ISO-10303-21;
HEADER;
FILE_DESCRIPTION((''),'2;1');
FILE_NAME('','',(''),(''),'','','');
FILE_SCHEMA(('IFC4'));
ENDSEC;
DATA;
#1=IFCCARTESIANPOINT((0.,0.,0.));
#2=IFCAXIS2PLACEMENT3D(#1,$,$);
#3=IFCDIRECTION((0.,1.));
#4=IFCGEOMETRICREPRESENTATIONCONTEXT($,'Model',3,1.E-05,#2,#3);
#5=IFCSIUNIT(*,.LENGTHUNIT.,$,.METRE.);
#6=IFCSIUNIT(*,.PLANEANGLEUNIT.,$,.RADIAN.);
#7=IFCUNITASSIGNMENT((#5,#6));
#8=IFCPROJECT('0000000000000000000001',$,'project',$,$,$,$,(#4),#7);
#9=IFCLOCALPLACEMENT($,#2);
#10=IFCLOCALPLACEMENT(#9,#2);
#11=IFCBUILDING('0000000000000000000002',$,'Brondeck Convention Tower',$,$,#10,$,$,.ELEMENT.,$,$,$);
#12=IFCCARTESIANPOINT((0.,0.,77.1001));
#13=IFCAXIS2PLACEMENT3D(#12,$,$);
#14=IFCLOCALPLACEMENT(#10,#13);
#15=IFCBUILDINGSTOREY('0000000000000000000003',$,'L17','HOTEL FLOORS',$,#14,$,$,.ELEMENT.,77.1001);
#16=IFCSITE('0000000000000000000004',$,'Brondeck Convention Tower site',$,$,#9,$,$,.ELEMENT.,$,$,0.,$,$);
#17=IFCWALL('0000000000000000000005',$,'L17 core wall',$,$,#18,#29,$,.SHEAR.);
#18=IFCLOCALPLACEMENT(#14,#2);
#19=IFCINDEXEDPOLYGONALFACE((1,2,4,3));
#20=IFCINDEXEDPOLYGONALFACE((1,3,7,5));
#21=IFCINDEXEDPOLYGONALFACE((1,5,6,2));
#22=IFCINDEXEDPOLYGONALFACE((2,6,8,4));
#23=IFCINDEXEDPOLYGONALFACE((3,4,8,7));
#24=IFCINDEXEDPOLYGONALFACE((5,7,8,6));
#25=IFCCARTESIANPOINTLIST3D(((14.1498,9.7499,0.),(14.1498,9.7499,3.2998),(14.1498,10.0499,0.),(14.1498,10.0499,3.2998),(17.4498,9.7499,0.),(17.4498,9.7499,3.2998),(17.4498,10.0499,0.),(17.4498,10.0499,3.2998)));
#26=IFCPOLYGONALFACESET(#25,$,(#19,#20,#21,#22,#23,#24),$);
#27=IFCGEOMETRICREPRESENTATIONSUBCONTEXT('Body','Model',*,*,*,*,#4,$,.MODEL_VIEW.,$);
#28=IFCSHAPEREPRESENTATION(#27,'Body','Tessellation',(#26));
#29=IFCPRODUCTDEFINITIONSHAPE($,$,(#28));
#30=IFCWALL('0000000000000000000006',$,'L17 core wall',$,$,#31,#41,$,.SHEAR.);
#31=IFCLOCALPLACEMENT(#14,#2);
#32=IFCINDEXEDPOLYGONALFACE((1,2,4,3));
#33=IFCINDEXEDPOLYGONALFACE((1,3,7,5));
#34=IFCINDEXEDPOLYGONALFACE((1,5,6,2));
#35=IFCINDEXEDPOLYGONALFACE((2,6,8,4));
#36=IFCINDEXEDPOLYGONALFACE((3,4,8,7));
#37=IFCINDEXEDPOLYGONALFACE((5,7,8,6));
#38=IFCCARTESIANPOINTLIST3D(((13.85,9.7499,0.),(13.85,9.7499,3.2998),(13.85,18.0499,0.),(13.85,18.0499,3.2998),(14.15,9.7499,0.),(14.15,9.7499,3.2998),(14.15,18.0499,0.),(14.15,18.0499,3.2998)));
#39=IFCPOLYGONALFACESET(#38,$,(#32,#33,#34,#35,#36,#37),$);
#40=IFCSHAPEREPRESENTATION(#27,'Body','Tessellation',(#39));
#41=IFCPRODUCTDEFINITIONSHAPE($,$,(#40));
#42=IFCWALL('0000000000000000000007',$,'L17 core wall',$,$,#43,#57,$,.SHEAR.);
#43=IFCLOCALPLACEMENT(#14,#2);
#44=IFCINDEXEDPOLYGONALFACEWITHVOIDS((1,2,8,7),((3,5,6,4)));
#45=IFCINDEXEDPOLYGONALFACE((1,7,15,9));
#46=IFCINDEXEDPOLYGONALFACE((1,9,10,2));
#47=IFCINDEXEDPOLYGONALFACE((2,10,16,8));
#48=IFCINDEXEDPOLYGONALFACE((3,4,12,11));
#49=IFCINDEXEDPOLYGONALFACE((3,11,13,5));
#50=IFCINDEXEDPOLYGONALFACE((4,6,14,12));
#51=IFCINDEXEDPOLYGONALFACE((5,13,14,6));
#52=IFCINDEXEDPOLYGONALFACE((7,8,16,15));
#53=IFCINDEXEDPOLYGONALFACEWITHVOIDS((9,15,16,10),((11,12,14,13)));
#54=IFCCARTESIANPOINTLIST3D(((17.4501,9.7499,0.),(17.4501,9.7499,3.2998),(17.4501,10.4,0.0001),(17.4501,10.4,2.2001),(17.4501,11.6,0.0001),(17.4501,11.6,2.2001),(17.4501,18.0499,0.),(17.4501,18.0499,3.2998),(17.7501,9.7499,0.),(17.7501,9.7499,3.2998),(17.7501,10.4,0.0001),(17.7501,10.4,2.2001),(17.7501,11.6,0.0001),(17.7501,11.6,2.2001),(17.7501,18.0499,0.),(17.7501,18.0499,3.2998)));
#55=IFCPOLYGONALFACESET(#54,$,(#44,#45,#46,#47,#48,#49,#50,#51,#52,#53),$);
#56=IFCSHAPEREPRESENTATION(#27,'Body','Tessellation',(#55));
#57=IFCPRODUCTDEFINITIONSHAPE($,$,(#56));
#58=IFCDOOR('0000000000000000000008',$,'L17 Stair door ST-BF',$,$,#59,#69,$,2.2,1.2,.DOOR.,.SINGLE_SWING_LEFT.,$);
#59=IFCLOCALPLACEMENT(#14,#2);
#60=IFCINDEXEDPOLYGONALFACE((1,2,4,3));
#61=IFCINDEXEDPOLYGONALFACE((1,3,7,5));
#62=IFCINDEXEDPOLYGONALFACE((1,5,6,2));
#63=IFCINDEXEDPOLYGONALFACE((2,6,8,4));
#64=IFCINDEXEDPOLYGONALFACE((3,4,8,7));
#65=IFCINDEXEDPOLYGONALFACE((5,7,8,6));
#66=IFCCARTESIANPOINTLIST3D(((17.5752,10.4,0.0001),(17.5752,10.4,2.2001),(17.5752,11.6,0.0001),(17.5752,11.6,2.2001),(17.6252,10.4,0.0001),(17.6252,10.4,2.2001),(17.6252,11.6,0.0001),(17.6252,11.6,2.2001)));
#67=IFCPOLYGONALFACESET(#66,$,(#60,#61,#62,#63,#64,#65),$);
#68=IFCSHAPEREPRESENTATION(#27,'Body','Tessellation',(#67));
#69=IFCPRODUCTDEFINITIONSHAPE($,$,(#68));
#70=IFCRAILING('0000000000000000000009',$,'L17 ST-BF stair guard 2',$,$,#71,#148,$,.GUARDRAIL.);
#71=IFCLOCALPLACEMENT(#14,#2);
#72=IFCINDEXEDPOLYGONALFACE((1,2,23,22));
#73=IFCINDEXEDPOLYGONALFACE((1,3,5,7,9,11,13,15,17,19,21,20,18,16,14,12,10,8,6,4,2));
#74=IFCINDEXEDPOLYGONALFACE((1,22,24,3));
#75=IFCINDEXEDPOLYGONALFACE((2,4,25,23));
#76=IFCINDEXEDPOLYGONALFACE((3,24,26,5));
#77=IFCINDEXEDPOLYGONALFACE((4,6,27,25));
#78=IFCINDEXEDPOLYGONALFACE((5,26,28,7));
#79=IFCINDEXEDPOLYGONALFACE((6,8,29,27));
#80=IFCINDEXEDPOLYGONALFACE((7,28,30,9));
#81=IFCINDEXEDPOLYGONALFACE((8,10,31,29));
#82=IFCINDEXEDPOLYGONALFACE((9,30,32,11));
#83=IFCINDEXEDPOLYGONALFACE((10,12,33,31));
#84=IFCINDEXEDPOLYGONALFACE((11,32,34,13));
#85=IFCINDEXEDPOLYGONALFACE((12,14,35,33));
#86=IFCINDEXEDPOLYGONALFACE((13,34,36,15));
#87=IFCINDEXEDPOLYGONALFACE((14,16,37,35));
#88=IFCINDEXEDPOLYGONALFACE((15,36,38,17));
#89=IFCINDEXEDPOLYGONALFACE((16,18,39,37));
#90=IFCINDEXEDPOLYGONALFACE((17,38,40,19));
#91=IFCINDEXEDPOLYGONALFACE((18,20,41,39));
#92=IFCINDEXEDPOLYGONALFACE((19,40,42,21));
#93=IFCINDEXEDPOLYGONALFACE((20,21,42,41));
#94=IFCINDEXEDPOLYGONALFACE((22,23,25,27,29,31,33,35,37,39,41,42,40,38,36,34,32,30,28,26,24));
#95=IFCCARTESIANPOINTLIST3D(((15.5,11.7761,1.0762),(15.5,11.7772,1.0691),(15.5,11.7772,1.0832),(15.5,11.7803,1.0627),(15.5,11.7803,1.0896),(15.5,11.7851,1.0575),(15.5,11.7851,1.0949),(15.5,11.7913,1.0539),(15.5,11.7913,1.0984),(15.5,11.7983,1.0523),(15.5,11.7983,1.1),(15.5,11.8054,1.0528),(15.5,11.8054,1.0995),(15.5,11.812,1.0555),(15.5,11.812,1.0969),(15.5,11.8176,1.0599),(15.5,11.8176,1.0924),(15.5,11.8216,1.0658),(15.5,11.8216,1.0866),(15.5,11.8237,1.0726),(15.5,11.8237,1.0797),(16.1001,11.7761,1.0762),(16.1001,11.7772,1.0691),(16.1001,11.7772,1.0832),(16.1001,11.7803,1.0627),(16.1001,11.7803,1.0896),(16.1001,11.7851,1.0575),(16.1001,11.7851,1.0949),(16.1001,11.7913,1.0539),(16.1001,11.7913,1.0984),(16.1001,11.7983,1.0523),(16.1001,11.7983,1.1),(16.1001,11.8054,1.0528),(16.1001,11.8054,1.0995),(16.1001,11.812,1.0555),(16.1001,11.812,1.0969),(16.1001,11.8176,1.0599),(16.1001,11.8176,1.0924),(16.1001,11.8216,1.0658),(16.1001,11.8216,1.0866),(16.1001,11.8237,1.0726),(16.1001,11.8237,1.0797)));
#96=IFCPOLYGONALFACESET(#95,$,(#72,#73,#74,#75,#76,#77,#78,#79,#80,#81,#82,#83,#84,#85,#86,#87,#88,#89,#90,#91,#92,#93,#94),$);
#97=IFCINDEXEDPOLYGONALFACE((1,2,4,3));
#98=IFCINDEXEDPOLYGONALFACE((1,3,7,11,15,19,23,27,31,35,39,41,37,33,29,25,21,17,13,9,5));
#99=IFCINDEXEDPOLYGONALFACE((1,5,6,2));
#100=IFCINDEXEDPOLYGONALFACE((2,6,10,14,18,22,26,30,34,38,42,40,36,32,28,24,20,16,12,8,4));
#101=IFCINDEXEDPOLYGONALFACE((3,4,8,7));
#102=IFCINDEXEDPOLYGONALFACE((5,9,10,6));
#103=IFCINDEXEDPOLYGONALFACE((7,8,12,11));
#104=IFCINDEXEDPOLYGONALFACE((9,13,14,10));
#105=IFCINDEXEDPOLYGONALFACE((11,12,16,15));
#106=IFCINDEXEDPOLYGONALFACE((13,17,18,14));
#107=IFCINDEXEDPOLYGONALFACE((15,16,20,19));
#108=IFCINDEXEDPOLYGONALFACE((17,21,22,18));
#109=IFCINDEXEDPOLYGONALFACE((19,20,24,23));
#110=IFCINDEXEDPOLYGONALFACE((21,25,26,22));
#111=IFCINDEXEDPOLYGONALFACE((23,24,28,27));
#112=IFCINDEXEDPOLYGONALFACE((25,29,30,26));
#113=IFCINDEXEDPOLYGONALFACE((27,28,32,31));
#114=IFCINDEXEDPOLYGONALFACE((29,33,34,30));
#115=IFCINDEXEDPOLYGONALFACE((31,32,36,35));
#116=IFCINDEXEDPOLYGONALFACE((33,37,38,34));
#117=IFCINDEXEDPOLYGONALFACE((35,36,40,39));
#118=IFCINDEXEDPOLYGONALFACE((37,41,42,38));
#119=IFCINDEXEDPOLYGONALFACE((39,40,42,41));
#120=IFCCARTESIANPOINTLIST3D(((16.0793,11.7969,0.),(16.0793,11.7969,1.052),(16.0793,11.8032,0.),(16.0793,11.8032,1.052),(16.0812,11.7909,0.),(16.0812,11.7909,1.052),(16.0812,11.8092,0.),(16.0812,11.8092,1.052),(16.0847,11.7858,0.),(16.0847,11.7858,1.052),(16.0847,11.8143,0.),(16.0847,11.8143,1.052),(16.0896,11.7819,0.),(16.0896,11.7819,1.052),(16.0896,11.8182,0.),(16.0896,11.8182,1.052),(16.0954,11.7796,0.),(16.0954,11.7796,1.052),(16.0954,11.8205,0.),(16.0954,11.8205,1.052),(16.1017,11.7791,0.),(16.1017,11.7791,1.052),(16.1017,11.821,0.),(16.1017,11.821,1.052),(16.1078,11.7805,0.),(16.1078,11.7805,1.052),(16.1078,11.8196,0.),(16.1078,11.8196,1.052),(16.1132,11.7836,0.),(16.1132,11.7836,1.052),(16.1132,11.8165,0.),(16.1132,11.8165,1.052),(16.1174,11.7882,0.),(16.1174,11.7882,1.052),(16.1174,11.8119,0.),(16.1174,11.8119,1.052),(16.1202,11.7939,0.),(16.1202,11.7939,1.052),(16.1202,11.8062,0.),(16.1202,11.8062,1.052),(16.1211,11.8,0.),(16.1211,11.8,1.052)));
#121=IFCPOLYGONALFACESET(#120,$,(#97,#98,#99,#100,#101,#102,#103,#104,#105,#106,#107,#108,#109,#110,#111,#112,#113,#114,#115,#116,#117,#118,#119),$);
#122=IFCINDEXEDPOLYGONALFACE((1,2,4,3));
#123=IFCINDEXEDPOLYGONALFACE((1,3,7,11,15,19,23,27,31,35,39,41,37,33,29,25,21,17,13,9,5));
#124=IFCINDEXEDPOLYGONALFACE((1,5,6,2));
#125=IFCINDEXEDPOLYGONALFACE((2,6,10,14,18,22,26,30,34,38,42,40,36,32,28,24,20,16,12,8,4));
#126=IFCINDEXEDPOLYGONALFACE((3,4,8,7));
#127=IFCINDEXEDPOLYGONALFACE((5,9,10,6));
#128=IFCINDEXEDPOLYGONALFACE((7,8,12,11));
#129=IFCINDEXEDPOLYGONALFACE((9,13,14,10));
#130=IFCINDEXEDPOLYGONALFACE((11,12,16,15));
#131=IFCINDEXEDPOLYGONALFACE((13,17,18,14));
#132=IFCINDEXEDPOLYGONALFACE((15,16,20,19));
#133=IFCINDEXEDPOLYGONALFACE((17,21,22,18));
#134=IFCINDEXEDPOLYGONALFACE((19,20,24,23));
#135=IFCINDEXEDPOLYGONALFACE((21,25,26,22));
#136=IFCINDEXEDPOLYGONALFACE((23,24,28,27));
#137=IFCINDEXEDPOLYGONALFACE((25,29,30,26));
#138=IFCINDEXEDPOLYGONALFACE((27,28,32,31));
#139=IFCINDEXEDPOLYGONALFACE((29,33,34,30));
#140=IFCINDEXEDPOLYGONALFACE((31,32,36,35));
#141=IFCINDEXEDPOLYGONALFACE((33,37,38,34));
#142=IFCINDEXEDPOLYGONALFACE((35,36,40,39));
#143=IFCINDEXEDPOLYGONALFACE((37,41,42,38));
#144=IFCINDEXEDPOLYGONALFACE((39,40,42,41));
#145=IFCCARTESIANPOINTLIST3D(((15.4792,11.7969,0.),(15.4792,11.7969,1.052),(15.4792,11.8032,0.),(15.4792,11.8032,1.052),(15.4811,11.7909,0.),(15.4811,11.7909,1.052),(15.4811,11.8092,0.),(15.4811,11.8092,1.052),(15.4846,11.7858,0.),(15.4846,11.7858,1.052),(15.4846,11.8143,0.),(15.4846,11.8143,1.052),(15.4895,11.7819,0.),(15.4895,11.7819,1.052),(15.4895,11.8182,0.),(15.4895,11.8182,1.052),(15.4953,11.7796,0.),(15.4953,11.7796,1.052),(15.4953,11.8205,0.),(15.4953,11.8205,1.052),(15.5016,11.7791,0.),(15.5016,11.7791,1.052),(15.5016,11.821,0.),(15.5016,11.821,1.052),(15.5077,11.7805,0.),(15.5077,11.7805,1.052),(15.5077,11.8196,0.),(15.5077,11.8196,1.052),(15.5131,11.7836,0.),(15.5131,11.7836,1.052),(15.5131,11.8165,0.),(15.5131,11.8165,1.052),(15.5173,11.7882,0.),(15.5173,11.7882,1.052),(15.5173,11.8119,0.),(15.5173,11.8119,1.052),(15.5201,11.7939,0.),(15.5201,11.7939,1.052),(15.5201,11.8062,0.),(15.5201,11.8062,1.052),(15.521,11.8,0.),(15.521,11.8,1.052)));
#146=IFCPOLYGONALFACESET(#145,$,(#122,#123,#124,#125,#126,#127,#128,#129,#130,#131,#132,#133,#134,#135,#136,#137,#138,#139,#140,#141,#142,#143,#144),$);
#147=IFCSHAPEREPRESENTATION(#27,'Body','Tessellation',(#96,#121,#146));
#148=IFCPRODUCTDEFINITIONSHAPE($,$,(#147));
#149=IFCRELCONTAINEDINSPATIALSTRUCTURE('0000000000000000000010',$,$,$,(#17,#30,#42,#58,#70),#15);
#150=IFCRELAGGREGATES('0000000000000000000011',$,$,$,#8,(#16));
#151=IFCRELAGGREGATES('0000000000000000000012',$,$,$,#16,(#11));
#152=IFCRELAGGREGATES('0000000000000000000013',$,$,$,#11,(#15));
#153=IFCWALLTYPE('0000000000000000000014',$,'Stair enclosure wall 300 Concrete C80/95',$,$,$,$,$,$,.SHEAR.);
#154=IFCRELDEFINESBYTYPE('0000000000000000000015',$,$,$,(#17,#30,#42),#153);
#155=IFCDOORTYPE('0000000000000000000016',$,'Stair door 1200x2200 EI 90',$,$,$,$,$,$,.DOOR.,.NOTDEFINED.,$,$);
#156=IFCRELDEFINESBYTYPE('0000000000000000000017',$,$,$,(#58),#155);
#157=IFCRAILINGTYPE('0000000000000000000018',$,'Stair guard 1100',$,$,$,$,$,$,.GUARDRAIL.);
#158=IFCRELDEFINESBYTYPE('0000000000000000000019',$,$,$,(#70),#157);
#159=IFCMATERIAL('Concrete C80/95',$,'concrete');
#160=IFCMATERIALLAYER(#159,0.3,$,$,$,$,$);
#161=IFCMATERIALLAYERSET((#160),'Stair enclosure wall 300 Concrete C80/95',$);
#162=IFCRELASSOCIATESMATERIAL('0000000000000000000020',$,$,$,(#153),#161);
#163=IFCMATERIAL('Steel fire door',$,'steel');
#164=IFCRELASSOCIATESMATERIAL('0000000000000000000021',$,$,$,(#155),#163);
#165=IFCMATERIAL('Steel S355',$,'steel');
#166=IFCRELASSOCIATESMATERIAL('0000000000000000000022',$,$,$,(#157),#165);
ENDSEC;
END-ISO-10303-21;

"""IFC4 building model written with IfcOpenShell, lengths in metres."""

from ifc_helpers import new_model, si_unit, direction, frame, frame_2d, origin, origin_2d, place, context, subcontext, project, spatial, rectangle, circle, extrude, material, layer, layer_set, type_object, element, fill, save


model = new_model("IFC4")

# Units and contexts
model_context = context("Model", 3, precision=1e-05, world=origin(), true_north=direction((0.0, 1.0)))
body_context = subcontext(model_context, "Body", "Model", "MODEL_VIEW")
ifc_project = project(units=[si_unit("LENGTHUNIT", "METRE"), si_unit("PLANEANGLEUNIT", "RADIAN")], contexts=[model_context])

# Site, building, storey
site_placement = place(None, origin())
site = spatial("IfcSite", under=ifc_project, at=site_placement, Name="Brondeck Convention Tower site", CompositionType="ELEMENT", RefElevation=0.0)
building_placement = place(site_placement, origin())
building = spatial("IfcBuilding", under=site, at=building_placement, Name="Brondeck Convention Tower", CompositionType="ELEMENT")
storey_placement = place(building_placement, frame((0.0, 0.0, 77.1001)))
storey = spatial("IfcBuildingStorey", under=building, at=storey_placement, Name="L17", Description="HOTEL FLOORS", CompositionType="ELEMENT", Elevation=77.1001)

# Shared definitions
ifc_material_1 = material(Name="Concrete C80/95", Category="concrete")

# Shared definitions
ifc_material_2 = material(Name="Steel S355", Category="steel")

# Walls
ifc_layer_1 = layer(ifc_material_1, 0.3)
ifc_layer_set_1 = layer_set([ifc_layer_1], Name="Stair enclosure wall 300 Concrete C80/95")
wall_type_1 = type_object("IfcWallType", Name="Stair enclosure wall 300 Concrete C80/95", PredefinedType="SHEAR", material=ifc_layer_set_1)
wall_1_placement = place(storey_placement, frame((14.1499, 9.8999, 0.0), z_axis=(0.0, 0.0, 1.0), x_axis=(1.0, 0.0, 0.0)))
element("IfcWall", 1, at=wall_1_placement, inside=storey, type_object=wall_type_1, Name="L17 core wall", PredefinedType="SHEAR", context=body_context, shape_type="SweptSolid", body=[
    extrude(rectangle(XDim=3.3, YDim=0.3, at=frame_2d((1.6499, 0.0))), origin(), (0.0, 0.0, 1.0), 3.2998),
])
wall_2_placement = place(storey_placement, frame((14.0, 9.75, 0.0), z_axis=(0.0, 0.0, 1.0), x_axis=(0.0, 1.0, 0.0)))
element("IfcWall", 2, at=wall_2_placement, inside=storey, type_object=wall_type_1, Name="L17 core wall", PredefinedType="SHEAR", context=body_context, shape_type="SweptSolid", body=[
    extrude(rectangle(XDim=8.3, YDim=0.3, at=frame_2d((4.1499, 0.0))), origin(), (0.0, 0.0, 1.0), 3.2998),
])

# Wall, opening, door
wall_3_placement = place(storey_placement, frame((17.6001, 9.75, 0.0), z_axis=(0.0, 0.0, 1.0), x_axis=(0.0, 1.0, 0.0)))
wall_3 = element("IfcWall", 3, at=wall_3_placement, inside=storey, type_object=wall_type_1, Name="L17 core wall", PredefinedType="SHEAR", context=body_context, shape_type="SweptSolid", body=[
    extrude(rectangle(XDim=8.3, YDim=0.3, at=frame_2d((4.1499, 0.0))), origin(), (0.0, 0.0, 1.0), 3.2998),
])
opening_1_placement = place(wall_3_placement, frame((0.6499, 0.0, 0.0)))
opening_1 = element("IfcOpeningElement", 4, at=opening_1_placement, cuts=wall_3, PredefinedType="OPENING", context=body_context, shape_type="SweptSolid", body=[
    extrude(rectangle(XDim=1.2, YDim=2.2, at=frame_2d((0.6001, 1.1001))), frame((0.0, 0.1599, 0.0), z_axis=(0.0, -1.0, 0.0), x_axis=(1.0, 0.0, 0.0)), (0.0, 0.0, 1.0), 0.3201),
])
ifc_material_3 = material(Name="Steel fire door", Category="steel")
door_type_1 = type_object("IfcDoorType", Name="Stair door 1200x2200 EI 90", OperationType="NOTDEFINED", PredefinedType="DOOR", material=ifc_material_3)
door_1_placement = place(opening_1_placement, origin())
door_1 = element("IfcDoor", 5, at=door_1_placement, inside=storey, type_object=door_type_1, Name="L17 Stair door ST-BF", OperationType="SINGLE_SWING_LEFT", OverallHeight=2.2, OverallWidth=1.2, PredefinedType="DOOR", context=body_context, shape_type="SweptSolid", body=[
    extrude(rectangle(XDim=1.2, YDim=2.2, at=frame_2d((0.6001, 1.1001))), frame((0.0, 0.0249, 0.0), z_axis=(0.0, -1.0, 0.0), x_axis=(1.0, 0.0, 0.0)), (0.0, 0.0, 1.0), 0.05),
])
fill(opening_1, door_1)

# Railing
railing_type = type_object("IfcRailingType", Name="Stair guard 1100", PredefinedType="GUARDRAIL", material=ifc_material_2)
railing_1_placement = place(storey_placement, frame((16.1001, 11.8, 0.0)))
element("IfcRailing", 6, at=railing_1_placement, inside=storey, type_object=railing_type, Name="L17 ST-BF stair guard 2", PredefinedType="GUARDRAIL", context=body_context, shape_type="SweptSolid", body=[
    extrude(circle(Radius=0.0239, at=origin_2d()), frame((0.0, 0.0, 1.0762), z_axis=(-1.0, 0.0, 0.0), x_axis=(0.0, -1.0, 0.0)), (0.0, 0.0, 1.0), 0.6001),
    extrude(circle(Radius=0.021, at=origin_2d()), origin(), (0.0, 0.0, 1.0), 1.052),
    extrude(circle(Radius=0.021, at=origin_2d()), frame((-0.6001, 0.0, 0.0)), (0.0, 0.0, 1.0), 1.052),
])

save(model, "model.ifc")
